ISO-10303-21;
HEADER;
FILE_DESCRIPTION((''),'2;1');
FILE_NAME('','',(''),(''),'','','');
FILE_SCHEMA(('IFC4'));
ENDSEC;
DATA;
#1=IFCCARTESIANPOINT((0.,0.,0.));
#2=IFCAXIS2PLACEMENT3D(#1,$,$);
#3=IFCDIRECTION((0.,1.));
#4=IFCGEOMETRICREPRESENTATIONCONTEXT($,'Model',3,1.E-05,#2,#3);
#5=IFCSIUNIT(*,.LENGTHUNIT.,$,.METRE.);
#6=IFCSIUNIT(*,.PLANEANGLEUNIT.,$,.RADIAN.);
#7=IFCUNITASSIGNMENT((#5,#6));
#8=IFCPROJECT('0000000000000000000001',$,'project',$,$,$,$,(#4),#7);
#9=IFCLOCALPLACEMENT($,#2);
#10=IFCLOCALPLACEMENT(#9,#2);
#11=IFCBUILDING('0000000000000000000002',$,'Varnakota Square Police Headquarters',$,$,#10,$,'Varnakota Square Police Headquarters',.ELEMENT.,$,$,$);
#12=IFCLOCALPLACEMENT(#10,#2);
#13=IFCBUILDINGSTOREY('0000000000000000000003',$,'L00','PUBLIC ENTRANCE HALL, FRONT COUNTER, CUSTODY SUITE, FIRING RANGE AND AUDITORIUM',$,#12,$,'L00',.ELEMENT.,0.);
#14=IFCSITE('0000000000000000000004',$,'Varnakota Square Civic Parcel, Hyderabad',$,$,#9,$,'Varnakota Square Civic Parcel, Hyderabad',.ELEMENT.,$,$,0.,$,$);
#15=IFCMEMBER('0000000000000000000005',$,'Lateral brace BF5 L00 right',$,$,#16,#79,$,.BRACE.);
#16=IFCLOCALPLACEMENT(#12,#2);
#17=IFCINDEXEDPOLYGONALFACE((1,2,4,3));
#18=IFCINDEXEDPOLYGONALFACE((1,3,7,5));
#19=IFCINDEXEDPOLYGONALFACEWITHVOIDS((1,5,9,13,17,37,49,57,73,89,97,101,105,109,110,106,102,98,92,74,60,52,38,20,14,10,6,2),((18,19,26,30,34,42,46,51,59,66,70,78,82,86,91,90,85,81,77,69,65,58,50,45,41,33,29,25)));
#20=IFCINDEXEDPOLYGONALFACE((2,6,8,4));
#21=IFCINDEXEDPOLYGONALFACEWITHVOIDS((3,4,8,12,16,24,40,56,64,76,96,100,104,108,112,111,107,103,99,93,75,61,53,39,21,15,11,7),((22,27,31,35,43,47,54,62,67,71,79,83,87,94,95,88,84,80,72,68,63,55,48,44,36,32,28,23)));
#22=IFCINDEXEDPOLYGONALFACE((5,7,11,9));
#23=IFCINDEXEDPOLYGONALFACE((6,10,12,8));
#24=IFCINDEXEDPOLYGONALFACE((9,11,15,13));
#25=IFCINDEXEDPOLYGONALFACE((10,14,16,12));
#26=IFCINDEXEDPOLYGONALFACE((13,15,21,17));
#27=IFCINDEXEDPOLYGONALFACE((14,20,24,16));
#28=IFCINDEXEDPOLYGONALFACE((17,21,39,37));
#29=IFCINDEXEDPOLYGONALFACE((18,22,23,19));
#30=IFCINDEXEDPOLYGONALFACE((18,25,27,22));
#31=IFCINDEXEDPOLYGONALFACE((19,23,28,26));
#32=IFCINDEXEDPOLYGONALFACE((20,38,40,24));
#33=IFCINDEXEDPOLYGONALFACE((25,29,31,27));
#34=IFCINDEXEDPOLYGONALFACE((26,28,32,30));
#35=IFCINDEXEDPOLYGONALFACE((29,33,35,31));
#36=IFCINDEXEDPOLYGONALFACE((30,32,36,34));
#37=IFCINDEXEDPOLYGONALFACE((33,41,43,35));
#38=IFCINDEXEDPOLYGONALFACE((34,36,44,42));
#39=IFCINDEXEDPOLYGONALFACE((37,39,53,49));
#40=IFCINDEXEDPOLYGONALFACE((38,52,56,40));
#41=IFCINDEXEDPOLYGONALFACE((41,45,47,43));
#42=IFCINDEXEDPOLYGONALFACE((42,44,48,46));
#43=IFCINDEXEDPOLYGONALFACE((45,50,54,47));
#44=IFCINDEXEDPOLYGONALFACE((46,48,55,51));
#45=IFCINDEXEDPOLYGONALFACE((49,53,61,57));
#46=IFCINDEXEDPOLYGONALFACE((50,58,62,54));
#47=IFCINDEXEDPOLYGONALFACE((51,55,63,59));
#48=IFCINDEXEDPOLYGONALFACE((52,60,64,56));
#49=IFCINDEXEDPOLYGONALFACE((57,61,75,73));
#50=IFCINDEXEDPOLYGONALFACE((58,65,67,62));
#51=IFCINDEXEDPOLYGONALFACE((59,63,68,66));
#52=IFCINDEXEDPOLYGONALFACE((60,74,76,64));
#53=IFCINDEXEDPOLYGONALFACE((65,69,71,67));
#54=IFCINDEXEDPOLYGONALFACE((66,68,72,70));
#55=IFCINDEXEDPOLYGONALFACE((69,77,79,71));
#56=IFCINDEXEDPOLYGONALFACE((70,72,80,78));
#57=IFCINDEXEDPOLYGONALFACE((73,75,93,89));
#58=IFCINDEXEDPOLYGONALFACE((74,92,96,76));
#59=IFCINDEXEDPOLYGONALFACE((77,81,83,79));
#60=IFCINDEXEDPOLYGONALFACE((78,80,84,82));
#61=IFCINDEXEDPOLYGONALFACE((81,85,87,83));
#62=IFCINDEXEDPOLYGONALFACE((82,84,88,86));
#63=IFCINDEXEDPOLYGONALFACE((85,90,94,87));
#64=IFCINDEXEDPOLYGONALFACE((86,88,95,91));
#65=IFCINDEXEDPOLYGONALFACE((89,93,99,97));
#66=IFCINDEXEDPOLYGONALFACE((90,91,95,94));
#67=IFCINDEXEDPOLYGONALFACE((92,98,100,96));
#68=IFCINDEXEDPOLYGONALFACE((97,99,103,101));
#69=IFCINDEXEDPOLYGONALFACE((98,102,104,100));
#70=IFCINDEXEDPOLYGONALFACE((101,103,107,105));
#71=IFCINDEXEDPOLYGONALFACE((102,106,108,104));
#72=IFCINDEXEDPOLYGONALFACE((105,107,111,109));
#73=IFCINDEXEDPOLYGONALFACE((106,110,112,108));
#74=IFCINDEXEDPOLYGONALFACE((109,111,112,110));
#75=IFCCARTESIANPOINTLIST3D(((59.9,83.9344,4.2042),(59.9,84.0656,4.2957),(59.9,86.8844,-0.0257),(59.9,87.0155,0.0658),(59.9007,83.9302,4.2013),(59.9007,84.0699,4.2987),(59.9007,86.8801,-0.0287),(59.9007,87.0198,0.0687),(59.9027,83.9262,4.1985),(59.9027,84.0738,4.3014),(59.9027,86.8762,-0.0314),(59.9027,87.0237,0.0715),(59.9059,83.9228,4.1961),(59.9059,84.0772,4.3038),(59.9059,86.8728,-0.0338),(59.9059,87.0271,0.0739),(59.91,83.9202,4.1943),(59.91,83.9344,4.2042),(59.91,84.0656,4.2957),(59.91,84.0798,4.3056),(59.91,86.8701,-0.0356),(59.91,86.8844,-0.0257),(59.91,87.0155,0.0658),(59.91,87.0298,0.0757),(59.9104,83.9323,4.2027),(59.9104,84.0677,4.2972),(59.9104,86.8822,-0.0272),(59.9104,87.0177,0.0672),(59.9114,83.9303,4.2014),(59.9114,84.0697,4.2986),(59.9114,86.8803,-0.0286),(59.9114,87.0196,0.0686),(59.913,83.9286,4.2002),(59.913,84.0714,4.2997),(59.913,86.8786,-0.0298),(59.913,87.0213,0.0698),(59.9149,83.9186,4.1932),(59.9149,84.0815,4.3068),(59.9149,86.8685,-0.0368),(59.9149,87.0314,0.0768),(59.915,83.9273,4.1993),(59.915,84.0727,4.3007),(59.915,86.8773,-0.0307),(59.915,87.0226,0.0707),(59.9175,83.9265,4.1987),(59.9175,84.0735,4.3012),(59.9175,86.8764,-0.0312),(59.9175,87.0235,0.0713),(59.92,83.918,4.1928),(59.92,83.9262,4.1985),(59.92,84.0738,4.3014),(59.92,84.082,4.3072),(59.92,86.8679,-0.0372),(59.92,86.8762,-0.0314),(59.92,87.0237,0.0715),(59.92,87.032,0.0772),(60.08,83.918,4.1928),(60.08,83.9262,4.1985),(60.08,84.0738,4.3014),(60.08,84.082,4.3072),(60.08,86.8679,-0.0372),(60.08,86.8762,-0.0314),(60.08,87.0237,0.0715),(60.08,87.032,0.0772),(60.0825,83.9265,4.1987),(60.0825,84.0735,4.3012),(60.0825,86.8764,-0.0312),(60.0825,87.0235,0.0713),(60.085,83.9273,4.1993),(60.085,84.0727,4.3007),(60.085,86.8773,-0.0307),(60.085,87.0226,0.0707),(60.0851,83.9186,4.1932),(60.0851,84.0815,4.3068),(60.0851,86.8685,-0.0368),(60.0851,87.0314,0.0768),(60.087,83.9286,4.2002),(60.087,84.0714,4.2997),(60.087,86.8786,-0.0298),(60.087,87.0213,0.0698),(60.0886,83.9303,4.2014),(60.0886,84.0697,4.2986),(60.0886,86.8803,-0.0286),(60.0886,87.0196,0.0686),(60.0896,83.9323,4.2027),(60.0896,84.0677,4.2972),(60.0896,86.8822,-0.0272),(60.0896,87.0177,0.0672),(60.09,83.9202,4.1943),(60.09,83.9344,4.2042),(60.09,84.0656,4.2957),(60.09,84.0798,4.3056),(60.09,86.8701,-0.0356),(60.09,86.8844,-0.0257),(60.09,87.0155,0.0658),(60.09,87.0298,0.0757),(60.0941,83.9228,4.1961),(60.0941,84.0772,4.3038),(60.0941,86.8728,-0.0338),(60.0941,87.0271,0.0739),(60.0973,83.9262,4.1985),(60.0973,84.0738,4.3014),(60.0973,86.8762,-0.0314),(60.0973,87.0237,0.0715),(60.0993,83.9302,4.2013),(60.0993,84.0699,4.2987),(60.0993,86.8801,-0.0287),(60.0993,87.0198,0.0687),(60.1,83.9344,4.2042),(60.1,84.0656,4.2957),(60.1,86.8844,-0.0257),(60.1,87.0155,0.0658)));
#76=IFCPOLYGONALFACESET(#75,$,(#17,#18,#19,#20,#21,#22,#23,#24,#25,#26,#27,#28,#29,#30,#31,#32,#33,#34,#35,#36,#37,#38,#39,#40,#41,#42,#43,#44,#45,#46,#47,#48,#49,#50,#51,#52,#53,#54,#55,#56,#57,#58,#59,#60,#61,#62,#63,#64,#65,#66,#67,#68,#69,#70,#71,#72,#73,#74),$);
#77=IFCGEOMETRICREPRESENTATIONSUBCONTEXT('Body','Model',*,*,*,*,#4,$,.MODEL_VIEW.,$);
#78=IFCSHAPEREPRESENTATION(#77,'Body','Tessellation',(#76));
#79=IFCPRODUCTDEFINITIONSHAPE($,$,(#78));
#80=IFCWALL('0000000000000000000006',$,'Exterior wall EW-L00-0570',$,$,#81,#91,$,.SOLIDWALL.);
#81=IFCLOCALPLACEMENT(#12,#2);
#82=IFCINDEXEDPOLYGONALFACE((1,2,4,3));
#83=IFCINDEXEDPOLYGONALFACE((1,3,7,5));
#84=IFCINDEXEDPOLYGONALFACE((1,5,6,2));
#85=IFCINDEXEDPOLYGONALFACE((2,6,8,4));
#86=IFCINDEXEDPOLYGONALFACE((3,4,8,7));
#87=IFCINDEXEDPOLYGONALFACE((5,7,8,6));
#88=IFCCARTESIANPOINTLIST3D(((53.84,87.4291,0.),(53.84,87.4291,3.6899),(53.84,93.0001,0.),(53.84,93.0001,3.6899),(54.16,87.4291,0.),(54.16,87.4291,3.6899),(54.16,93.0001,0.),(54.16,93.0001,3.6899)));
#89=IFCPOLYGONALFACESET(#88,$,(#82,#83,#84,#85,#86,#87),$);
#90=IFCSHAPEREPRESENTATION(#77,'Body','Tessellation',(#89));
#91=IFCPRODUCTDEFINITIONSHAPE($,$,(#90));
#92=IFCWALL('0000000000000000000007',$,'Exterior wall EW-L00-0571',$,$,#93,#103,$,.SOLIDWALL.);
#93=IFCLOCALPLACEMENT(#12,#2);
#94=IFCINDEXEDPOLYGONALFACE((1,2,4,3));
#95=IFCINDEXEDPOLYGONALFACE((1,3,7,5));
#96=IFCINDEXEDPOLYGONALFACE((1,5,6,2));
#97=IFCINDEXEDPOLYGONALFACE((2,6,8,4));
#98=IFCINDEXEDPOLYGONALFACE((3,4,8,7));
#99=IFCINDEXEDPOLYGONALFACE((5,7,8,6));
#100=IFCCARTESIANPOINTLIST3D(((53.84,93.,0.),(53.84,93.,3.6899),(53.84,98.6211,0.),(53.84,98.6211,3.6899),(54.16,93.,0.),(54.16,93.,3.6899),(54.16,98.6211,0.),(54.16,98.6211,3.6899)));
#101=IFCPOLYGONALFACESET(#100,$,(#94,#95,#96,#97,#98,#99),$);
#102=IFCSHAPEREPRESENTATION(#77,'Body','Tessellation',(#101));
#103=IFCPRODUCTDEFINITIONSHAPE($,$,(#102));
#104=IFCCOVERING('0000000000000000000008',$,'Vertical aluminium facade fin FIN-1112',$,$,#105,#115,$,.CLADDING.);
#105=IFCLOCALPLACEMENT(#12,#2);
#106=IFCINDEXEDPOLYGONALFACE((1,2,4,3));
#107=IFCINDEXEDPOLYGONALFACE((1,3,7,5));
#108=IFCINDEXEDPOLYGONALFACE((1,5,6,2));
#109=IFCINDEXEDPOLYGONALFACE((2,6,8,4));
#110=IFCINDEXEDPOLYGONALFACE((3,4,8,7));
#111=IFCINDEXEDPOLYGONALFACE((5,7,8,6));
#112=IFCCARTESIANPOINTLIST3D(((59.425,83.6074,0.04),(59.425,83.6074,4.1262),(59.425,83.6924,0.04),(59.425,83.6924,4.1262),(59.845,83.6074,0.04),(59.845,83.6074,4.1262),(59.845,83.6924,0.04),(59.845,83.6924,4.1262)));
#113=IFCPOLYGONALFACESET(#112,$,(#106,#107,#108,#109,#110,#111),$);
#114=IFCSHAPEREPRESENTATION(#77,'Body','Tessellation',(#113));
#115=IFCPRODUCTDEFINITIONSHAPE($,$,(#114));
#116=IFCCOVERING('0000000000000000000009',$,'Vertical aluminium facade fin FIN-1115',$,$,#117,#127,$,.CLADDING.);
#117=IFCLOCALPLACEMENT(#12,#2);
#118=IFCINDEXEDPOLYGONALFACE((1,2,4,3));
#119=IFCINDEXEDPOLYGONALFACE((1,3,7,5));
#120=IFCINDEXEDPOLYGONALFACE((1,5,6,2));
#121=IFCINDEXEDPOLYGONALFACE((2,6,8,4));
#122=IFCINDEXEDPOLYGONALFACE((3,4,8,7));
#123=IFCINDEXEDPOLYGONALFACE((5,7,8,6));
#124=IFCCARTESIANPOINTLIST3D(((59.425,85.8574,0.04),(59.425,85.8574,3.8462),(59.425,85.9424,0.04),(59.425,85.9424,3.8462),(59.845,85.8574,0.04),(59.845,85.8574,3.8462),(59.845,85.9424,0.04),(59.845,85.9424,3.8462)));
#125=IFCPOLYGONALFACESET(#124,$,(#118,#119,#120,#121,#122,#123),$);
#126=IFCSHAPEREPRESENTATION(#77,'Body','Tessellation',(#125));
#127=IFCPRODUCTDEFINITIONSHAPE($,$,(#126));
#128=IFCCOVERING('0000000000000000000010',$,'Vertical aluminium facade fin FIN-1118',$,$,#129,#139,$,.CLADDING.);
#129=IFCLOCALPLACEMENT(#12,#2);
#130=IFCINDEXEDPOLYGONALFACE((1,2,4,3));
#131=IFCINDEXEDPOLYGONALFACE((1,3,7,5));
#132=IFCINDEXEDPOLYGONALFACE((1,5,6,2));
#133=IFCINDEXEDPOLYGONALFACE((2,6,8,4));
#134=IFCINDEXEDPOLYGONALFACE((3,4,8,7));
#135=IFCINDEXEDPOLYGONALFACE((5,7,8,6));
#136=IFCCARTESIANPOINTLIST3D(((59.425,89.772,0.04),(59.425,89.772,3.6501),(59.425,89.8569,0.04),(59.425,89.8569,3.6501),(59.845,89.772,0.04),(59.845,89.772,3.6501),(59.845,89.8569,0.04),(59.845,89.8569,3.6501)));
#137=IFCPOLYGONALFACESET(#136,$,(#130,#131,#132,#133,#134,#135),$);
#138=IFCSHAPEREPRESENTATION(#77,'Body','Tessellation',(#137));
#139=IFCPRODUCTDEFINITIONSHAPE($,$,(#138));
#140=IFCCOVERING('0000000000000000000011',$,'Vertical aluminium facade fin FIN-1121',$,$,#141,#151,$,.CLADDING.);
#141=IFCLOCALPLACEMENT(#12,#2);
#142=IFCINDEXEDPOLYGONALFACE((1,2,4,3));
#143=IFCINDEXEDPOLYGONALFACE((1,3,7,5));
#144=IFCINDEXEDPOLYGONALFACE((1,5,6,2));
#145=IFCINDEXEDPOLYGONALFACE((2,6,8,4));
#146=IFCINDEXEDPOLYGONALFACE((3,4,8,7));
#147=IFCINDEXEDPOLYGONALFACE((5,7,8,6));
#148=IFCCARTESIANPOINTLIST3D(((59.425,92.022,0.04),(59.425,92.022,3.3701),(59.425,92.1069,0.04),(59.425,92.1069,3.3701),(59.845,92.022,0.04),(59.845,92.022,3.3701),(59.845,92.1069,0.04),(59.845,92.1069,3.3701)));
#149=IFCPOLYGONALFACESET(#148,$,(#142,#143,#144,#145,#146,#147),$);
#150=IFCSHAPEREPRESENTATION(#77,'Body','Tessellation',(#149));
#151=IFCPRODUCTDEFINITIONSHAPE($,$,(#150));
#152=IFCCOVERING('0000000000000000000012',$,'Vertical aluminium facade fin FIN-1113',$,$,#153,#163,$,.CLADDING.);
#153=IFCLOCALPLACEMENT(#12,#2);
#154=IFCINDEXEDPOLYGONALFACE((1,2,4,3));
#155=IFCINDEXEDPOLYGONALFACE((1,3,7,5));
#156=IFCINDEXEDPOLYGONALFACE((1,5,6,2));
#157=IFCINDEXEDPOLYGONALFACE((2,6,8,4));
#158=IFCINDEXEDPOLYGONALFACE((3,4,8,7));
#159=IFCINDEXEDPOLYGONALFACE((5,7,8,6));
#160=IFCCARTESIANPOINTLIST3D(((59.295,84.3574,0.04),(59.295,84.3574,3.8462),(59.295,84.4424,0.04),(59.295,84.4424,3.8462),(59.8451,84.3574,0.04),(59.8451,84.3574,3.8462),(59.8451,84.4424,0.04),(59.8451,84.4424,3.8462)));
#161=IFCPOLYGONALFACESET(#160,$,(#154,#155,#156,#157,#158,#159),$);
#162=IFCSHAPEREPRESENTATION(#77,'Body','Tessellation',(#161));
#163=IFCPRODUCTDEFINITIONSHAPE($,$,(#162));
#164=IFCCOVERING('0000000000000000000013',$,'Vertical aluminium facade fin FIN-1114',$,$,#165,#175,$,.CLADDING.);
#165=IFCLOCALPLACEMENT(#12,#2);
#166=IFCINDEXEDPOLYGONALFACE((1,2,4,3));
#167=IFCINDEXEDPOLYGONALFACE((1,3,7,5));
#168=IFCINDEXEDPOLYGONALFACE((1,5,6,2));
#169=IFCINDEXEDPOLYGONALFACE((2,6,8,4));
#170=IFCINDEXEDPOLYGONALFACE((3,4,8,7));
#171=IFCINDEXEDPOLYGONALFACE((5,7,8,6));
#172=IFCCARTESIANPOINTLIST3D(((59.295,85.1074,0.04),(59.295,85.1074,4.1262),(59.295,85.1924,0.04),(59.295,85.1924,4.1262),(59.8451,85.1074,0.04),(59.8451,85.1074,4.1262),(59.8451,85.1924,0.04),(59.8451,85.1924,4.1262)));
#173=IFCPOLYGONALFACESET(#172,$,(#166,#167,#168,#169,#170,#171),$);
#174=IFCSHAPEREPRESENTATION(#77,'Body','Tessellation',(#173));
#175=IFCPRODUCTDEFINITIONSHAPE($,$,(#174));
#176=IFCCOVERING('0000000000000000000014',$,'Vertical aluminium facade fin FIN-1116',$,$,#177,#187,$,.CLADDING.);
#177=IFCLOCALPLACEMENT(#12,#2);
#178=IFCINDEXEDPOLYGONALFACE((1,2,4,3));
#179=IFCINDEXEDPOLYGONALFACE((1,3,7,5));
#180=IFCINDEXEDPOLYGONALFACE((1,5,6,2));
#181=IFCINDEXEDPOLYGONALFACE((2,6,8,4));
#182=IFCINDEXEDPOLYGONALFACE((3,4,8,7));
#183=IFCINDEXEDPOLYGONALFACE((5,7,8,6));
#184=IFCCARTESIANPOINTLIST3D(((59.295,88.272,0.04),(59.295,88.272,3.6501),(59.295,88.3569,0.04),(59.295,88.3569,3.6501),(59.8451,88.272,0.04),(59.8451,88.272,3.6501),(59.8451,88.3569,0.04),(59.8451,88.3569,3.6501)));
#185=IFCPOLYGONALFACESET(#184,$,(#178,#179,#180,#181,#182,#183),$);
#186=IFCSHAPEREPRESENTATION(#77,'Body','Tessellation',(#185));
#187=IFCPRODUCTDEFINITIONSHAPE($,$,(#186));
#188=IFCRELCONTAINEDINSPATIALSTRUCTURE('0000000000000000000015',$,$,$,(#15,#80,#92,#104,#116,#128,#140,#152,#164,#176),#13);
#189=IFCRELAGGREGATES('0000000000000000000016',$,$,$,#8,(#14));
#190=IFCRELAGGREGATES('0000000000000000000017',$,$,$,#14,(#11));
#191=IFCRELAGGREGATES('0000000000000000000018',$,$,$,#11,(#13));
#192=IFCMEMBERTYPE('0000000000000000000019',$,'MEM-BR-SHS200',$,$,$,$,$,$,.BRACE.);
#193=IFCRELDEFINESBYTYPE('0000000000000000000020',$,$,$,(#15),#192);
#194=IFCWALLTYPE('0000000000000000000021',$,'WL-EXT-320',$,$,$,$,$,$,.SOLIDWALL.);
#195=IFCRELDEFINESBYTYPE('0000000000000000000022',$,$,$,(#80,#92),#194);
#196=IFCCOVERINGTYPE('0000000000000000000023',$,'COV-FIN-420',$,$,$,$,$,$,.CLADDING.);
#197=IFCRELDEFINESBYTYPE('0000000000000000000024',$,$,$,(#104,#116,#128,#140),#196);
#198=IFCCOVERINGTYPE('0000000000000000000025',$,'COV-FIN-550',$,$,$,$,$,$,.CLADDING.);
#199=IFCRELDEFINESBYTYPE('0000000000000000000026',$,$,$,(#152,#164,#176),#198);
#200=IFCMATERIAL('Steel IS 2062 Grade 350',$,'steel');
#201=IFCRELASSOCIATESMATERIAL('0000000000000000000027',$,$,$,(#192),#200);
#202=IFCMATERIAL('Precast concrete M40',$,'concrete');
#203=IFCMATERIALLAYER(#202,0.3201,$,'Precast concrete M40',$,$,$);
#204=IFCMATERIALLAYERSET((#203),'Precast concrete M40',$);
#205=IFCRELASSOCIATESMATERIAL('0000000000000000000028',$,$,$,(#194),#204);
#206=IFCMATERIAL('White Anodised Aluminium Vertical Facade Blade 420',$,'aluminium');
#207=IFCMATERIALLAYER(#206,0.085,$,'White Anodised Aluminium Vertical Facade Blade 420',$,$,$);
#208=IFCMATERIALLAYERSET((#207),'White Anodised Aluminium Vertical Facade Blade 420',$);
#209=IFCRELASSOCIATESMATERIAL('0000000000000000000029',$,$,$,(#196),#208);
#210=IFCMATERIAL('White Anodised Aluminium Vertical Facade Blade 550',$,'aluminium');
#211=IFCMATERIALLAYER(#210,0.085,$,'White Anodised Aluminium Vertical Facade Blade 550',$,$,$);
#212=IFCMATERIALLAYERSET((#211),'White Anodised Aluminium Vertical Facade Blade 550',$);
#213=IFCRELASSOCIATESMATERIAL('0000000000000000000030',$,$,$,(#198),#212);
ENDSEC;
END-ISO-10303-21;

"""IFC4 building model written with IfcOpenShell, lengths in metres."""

from ifc_helpers import new_model, si_unit, direction, frame, frame_2d, origin, origin_2d, place, context, subcontext, project, spatial, rectangle, hollow_rectangle, extrude, material, layer, layer_set, material_profile, profile_set, type_object, element, save


model = new_model("IFC4")

# Units and contexts
model_context = context("Model", 3, precision=1e-05, world=origin(), true_north=direction((0.0, 1.0)))
body_context = subcontext(model_context, "Body", "Model", "MODEL_VIEW")
ifc_project = project(units=[si_unit("LENGTHUNIT", "METRE"), si_unit("PLANEANGLEUNIT", "RADIAN")], contexts=[model_context])

# Site, building, storey
site_placement = place(None, origin())
site = spatial("IfcSite", under=ifc_project, at=site_placement, Name="Varnakota Square Civic Parcel, Hyderabad", LongName="Varnakota Square Civic Parcel, Hyderabad", CompositionType="ELEMENT", RefElevation=0.0)
building_placement = place(site_placement, origin())
building = spatial("IfcBuilding", under=site, at=building_placement, Name="Varnakota Square Police Headquarters", LongName="Varnakota Square Police Headquarters", CompositionType="ELEMENT")
storey_placement = place(building_placement, origin())
storey = spatial("IfcBuildingStorey", under=building, at=storey_placement, Name="L00", Description="PUBLIC ENTRANCE HALL, FRONT COUNTER, CUSTODY SUITE, FIRING RANGE AND AUDITORIUM", LongName="L00", CompositionType="ELEMENT", Elevation=0.0)

# Shared definitions
ifc_material_1 = material(Name="Steel IS 2062 Grade 350", Category="steel")

# Member
ifc_material_profile_1 = material_profile(ifc_material_1, hollow_rectangle(XDim=0.2, YDim=0.2, WallThickness=0.01, InnerFilletRadius=0.01, OuterFilletRadius=0.02, at=origin_2d()), Name="SHS 200x200x10")
ifc_profile_set_1 = profile_set([ifc_material_profile_1], Name="Steel IS 2062 Grade 350")
member_type = type_object("IfcMemberType", Name="MEM-BR-SHS200", PredefinedType="BRACE", material=ifc_profile_set_1)
member_placement = place(storey_placement, frame((60.0, 86.95, 0.02), z_axis=(0.0, -0.572025, 0.820236), x_axis=(1.0, 0.0, 0.0)))
element("IfcMember", 1, at=member_placement, inside=storey, type_object=member_type, Name="Lateral brace BF5 L00 right", PredefinedType="BRACE", context=body_context, shape_type="SweptSolid", body=[
    extrude(hollow_rectangle(XDim=0.2, YDim=0.2, WallThickness=0.01, InnerFilletRadius=0.01, OuterFilletRadius=0.02, at=origin_2d()), origin(), (0.0, 0.0, 1.0), 5.157),
])

# Walls
ifc_material_2 = material(Name="Precast concrete M40", Category="concrete")
ifc_layer_1 = layer(ifc_material_2, 0.3201, Name="Precast concrete M40")
ifc_layer_set_1 = layer_set([ifc_layer_1], Name="Precast concrete M40")
wall_type = type_object("IfcWallType", Name="WL-EXT-320", PredefinedType="SOLIDWALL", material=ifc_layer_set_1)
wall_1_placement = place(storey_placement, frame((54.0, 87.429, 0.0), z_axis=(0.0, 0.0, 1.0), x_axis=(0.0, 1.0, 0.0)))
element("IfcWall", 2, at=wall_1_placement, inside=storey, type_object=wall_type, Name="Exterior wall EW-L00-0570", PredefinedType="SOLIDWALL", context=body_context, shape_type="SweptSolid", body=[
    extrude(rectangle(XDim=5.571, YDim=0.3201, at=frame_2d((2.7856, 0.0))), origin(), (0.0, 0.0, 1.0), 3.6899),
])
wall_2_placement = place(storey_placement, frame((54.0, 93.0, 0.0), z_axis=(0.0, 0.0, 1.0), x_axis=(0.0, 1.0, 0.0)))
element("IfcWall", 3, at=wall_2_placement, inside=storey, type_object=wall_type, Name="Exterior wall EW-L00-0571", PredefinedType="SOLIDWALL", context=body_context, shape_type="SweptSolid", body=[
    extrude(rectangle(XDim=5.6211, YDim=0.3201, at=frame_2d((2.8105, 0.0))), origin(), (0.0, 0.0, 1.0), 3.6899),
])

# Coverings
ifc_material_3 = material(Name="White Anodised Aluminium Vertical Facade Blade 420", Category="aluminium")
ifc_layer_2 = layer(ifc_material_3, 0.085, Name="White Anodised Aluminium Vertical Facade Blade 420")
ifc_layer_set_2 = layer_set([ifc_layer_2], Name="White Anodised Aluminium Vertical Facade Blade 420")
covering_type_1 = type_object("IfcCoveringType", Name="COV-FIN-420", PredefinedType="CLADDING", material=ifc_layer_set_2)
covering_1_placement = place(storey_placement, frame((59.635, 83.6499, 0.04), z_axis=(0.0, 0.0, 1.0), x_axis=(0.0, 1.0, 0.0)))
element("IfcCovering", 4, at=covering_1_placement, inside=storey, type_object=covering_type_1, Name="Vertical aluminium facade fin FIN-1112", PredefinedType="CLADDING", context=body_context, shape_type="SweptSolid", body=[
    extrude(rectangle(XDim=0.085, YDim=0.4199, at=origin_2d()), origin(), (0.0, 0.0, 1.0), 4.0862),
])
covering_2_placement = place(storey_placement, frame((59.635, 85.8999, 0.04), z_axis=(0.0, 0.0, 1.0), x_axis=(0.0, 1.0, 0.0)))
element("IfcCovering", 5, at=covering_2_placement, inside=storey, type_object=covering_type_1, Name="Vertical aluminium facade fin FIN-1115", PredefinedType="CLADDING", context=body_context, shape_type="SweptSolid", body=[
    extrude(rectangle(XDim=0.085, YDim=0.4199, at=origin_2d()), origin(), (0.0, 0.0, 1.0), 3.8062),
])
covering_3_placement = place(storey_placement, frame((59.635, 89.8145, 0.04), z_axis=(0.0, 0.0, 1.0), x_axis=(0.0, 1.0, 0.0)))
element("IfcCovering", 6, at=covering_3_placement, inside=storey, type_object=covering_type_1, Name="Vertical aluminium facade fin FIN-1118", PredefinedType="CLADDING", context=body_context, shape_type="SweptSolid", body=[
    extrude(rectangle(XDim=0.085, YDim=0.4199, at=origin_2d()), origin(), (0.0, 0.0, 1.0), 3.6101),
])
covering_4_placement = place(storey_placement, frame((59.635, 92.0645, 0.04), z_axis=(0.0, 0.0, 1.0), x_axis=(0.0, 1.0, 0.0)))
element("IfcCovering", 7, at=covering_4_placement, inside=storey, type_object=covering_type_1, Name="Vertical aluminium facade fin FIN-1121", PredefinedType="CLADDING", context=body_context, shape_type="SweptSolid", body=[
    extrude(rectangle(XDim=0.085, YDim=0.4199, at=origin_2d()), origin(), (0.0, 0.0, 1.0), 3.3301),
])
ifc_material_4 = material(Name="White Anodised Aluminium Vertical Facade Blade 550", Category="aluminium")
ifc_layer_3 = layer(ifc_material_4, 0.085, Name="White Anodised Aluminium Vertical Facade Blade 550")
ifc_layer_set_3 = layer_set([ifc_layer_3], Name="White Anodised Aluminium Vertical Facade Blade 550")
covering_type_2 = type_object("IfcCoveringType", Name="COV-FIN-550", PredefinedType="CLADDING", material=ifc_layer_set_3)
covering_5_placement = place(storey_placement, frame((59.5701, 84.3999, 0.04), z_axis=(0.0, 0.0, 1.0), x_axis=(0.0, 1.0, 0.0)))
element("IfcCovering", 8, at=covering_5_placement, inside=storey, type_object=covering_type_2, Name="Vertical aluminium facade fin FIN-1113", PredefinedType="CLADDING", context=body_context, shape_type="SweptSolid", body=[
    extrude(rectangle(XDim=0.085, YDim=0.55, at=origin_2d()), origin(), (0.0, 0.0, 1.0), 3.8062),
])
covering_6_placement = place(storey_placement, frame((59.5701, 85.1499, 0.04), z_axis=(0.0, 0.0, 1.0), x_axis=(0.0, 1.0, 0.0)))
element("IfcCovering", 9, at=covering_6_placement, inside=storey, type_object=covering_type_2, Name="Vertical aluminium facade fin FIN-1114", PredefinedType="CLADDING", context=body_context, shape_type="SweptSolid", body=[
    extrude(rectangle(XDim=0.085, YDim=0.55, at=origin_2d()), origin(), (0.0, 0.0, 1.0), 4.0862),
])
covering_7_placement = place(storey_placement, frame((59.5701, 88.3145, 0.04), z_axis=(0.0, 0.0, 1.0), x_axis=(0.0, 1.0, 0.0)))
element("IfcCovering", 10, at=covering_7_placement, inside=storey, type_object=covering_type_2, Name="Vertical aluminium facade fin FIN-1116", PredefinedType="CLADDING", context=body_context, shape_type="SweptSolid", body=[
    extrude(rectangle(XDim=0.085, YDim=0.55, at=origin_2d()), origin(), (0.0, 0.0, 1.0), 3.6101),
])

save(model, "model.ifc")
